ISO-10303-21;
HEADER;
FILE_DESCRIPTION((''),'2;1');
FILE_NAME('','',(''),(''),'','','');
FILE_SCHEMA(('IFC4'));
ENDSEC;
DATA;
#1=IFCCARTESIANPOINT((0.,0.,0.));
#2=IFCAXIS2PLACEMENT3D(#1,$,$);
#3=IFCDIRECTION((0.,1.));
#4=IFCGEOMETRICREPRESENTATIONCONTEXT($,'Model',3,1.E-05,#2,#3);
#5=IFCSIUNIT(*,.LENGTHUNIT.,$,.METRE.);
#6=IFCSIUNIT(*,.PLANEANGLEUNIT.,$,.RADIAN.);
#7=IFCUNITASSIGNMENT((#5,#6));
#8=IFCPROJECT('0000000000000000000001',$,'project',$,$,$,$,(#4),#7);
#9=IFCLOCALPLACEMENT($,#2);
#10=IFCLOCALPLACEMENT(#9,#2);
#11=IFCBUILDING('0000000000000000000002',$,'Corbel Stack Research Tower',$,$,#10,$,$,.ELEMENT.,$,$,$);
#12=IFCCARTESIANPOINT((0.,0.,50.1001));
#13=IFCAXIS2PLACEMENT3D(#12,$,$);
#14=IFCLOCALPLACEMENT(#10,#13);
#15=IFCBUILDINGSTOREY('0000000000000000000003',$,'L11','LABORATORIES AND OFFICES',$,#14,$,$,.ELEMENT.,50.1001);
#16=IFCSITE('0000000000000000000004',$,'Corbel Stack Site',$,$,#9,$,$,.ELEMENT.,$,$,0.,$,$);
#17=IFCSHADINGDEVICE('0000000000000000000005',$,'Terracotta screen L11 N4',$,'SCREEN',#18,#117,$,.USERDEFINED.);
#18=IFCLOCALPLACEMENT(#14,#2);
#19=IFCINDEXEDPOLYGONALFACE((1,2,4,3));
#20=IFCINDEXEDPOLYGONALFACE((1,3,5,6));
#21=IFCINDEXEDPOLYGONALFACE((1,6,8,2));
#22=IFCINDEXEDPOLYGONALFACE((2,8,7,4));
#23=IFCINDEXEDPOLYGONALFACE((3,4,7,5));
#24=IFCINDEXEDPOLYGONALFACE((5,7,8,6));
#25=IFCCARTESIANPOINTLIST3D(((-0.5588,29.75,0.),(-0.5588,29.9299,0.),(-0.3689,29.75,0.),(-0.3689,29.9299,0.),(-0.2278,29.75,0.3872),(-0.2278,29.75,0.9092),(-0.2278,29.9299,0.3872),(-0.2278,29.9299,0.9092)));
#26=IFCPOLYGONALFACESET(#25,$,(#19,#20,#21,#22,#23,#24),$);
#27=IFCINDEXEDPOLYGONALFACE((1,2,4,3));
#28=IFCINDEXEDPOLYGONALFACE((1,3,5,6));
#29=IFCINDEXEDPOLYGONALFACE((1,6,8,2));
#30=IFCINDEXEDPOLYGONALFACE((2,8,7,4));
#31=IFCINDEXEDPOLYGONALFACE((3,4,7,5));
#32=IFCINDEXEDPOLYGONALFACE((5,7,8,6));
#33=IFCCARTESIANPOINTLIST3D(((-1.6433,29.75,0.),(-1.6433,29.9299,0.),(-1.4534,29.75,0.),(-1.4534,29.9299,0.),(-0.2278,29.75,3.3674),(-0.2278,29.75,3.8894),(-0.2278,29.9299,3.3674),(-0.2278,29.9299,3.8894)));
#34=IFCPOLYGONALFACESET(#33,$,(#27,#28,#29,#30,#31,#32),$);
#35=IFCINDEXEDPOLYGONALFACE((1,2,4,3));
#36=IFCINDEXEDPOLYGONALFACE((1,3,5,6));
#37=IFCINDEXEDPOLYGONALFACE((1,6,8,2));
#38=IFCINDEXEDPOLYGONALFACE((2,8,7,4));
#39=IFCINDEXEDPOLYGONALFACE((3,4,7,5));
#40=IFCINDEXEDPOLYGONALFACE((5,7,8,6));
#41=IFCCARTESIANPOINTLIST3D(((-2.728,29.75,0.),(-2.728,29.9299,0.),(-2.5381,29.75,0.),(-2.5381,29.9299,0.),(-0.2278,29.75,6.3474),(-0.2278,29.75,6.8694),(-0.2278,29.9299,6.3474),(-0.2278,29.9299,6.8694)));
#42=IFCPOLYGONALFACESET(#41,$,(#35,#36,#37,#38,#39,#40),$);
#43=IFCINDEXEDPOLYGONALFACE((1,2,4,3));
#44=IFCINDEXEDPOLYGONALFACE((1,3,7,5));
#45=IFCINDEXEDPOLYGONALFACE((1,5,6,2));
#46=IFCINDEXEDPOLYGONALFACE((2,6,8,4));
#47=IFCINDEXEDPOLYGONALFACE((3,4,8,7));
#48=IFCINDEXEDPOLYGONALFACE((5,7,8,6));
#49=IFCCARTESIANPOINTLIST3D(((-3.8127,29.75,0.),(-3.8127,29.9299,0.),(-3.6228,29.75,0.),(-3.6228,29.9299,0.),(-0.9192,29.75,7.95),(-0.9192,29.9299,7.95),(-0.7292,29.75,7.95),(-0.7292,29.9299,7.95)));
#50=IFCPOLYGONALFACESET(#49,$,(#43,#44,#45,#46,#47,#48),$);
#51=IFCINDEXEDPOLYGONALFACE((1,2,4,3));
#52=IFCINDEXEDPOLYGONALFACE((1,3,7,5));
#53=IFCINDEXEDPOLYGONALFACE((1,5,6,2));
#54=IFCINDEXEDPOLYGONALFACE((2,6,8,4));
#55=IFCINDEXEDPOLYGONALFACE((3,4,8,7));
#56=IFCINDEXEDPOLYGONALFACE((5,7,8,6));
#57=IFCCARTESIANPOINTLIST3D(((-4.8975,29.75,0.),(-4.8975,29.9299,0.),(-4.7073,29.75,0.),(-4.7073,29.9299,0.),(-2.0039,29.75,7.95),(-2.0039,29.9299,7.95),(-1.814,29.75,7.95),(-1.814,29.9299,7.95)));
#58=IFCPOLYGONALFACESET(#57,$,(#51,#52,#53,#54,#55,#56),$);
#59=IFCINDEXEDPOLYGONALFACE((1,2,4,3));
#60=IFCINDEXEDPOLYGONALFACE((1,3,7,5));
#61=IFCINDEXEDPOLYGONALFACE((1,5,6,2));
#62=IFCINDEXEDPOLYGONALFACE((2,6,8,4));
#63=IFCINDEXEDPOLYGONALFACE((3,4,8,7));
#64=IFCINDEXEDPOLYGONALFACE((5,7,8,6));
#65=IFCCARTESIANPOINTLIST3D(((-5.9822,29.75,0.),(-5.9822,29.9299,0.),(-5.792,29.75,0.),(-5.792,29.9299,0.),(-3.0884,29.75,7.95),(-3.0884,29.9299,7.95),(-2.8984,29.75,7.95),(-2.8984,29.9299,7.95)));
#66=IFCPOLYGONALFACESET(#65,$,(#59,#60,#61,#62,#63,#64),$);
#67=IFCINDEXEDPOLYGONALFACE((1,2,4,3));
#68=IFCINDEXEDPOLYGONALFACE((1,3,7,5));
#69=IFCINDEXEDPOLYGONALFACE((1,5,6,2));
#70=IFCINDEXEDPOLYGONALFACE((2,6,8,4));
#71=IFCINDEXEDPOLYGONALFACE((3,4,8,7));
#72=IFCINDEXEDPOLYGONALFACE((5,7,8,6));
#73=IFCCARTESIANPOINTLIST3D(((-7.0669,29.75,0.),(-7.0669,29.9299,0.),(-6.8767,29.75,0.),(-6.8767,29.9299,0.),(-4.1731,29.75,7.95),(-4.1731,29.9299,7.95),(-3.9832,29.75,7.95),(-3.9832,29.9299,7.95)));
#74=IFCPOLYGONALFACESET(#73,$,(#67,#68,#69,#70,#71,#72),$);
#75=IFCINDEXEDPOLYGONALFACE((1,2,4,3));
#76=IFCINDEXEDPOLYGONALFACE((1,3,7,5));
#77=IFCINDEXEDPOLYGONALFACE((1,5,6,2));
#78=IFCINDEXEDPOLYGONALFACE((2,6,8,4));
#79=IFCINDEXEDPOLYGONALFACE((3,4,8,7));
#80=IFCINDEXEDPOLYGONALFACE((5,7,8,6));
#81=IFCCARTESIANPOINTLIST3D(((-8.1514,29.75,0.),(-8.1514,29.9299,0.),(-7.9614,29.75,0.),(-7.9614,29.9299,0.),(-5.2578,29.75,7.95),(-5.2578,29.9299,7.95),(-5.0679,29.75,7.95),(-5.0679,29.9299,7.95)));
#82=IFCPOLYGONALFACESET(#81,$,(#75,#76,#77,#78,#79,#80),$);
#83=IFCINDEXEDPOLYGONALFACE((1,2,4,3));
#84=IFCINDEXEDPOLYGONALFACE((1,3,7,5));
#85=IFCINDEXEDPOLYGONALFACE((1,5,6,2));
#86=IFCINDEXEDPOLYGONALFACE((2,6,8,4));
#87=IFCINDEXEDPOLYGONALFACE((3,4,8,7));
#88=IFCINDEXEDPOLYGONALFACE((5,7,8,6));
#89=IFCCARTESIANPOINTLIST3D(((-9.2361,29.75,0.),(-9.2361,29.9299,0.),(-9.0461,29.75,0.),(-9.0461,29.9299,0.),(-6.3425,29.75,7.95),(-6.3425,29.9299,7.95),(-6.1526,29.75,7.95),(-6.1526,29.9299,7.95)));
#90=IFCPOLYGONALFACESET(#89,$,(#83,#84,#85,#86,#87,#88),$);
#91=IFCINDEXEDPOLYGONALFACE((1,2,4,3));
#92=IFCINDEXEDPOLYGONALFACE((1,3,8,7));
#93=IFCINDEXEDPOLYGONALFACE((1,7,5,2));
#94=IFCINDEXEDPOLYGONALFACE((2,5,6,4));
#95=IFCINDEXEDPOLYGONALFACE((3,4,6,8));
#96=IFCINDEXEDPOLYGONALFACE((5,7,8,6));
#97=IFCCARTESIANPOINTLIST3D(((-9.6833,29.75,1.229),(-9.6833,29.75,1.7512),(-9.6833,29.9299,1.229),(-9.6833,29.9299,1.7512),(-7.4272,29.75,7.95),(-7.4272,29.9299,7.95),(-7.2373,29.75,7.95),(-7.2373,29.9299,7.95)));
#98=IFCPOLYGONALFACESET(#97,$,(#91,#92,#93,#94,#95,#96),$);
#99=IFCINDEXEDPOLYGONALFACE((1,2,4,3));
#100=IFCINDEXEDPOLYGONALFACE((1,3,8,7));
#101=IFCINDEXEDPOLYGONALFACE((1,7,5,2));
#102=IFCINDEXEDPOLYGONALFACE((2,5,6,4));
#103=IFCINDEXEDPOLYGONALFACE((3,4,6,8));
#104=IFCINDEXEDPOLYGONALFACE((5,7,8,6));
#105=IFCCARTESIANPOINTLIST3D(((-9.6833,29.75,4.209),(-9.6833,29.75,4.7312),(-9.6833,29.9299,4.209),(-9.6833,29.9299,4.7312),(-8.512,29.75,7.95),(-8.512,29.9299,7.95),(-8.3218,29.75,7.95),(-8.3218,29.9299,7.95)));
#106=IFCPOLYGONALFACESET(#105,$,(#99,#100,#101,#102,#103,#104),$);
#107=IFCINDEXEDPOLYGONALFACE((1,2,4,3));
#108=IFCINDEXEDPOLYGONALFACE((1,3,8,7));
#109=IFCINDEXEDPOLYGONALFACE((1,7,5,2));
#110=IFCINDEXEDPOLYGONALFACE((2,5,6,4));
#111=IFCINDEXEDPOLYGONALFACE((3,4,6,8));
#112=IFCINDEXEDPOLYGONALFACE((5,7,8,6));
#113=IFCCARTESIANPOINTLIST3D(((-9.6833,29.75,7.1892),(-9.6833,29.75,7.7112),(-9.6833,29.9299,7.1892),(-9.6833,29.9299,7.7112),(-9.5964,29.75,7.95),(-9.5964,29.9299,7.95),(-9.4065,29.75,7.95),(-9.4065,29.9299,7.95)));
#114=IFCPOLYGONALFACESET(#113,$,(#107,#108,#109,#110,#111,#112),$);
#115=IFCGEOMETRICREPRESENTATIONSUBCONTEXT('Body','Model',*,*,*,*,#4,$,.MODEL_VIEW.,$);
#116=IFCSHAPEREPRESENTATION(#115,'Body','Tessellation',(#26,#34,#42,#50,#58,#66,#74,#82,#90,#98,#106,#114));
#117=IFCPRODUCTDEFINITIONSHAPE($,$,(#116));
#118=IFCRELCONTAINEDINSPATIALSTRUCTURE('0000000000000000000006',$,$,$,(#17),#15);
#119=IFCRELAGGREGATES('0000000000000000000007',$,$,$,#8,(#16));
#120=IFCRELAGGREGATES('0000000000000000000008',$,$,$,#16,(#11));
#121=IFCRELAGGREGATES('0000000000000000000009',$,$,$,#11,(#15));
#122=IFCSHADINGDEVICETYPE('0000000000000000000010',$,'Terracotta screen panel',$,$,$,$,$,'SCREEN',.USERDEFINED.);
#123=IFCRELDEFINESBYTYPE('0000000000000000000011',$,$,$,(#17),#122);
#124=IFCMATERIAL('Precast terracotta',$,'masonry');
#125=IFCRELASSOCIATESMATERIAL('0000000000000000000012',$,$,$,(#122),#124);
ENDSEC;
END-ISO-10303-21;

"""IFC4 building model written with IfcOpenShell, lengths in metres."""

from ifc_helpers import new_model, si_unit, direction, frame, origin, place, context, subcontext, project, spatial, polyline, outline, extrude, source, transform, mapped, material, type_object, element, save


model = new_model("IFC4")

# Units and contexts
model_context = context("Model", 3, precision=1e-05, world=origin(), true_north=direction((0.0, 1.0)))
body_context = subcontext(model_context, "Body", "Model", "MODEL_VIEW")
ifc_project = project(units=[si_unit("LENGTHUNIT", "METRE"), si_unit("PLANEANGLEUNIT", "RADIAN")], contexts=[model_context])

# Site, building, storey
site_placement = place(None, origin())
site = spatial("IfcSite", under=ifc_project, at=site_placement, Name="Corbel Stack Site", CompositionType="ELEMENT", RefElevation=0.0)
building_placement = place(site_placement, origin())
building = spatial("IfcBuilding", under=site, at=building_placement, Name="Corbel Stack Research Tower", CompositionType="ELEMENT")
storey_placement = place(building_placement, frame((0.0, 0.0, 50.1001)))
storey = spatial("IfcBuildingStorey", under=building, at=storey_placement, Name="L11", Description="LABORATORIES AND OFFICES", CompositionType="ELEMENT", Elevation=50.1001)

# Shading device
ifc_material_1 = material(Name="Precast terracotta", Category="masonry")
shading_device_type = type_object("IfcShadingDeviceType", Name="Terracotta screen panel", ElementType="SCREEN", PredefinedType="USERDEFINED", material=ifc_material_1)
shared_shape_1 = source(origin(), body_context, "Body", "SweptSolid", [
    extrude(outline(polyline([(0.3311, 0.0), (0.0, 0.9092), (0.0, 0.3872), (0.1411, 0.0), (0.3311, 0.0)])), frame((0.0, 0.0, 0.0), z_axis=(0.0, -1.0, 0.0), x_axis=(1.0, 0.0, 0.0)), (0.0, 0.0, 1.0), 0.1799),
    extrude(outline(polyline([(1.4155, 0.0), (0.0, 3.8894), (0.0, 3.3674), (1.2256, 0.0), (1.4155, 0.0)])), frame((0.0, 0.0, 0.0), z_axis=(0.0, -1.0, 0.0), x_axis=(1.0, 0.0, 0.0)), (0.0, 0.0, 1.0), 0.1799),
    extrude(outline(polyline([(2.5002, 0.0), (0.0, 6.8694), (0.0, 6.3474), (2.3103, 0.0), (2.5002, 0.0)])), frame((0.0, 0.0, 0.0), z_axis=(0.0, -1.0, 0.0), x_axis=(1.0, 0.0, 0.0)), (0.0, 0.0, 1.0), 0.1799),
    extrude(outline(polyline([(3.585, 0.0), (0.6914, 7.95), (0.5015, 7.95), (3.395, 0.0), (3.585, 0.0)])), frame((0.0, 0.0, 0.0), z_axis=(0.0, -1.0, 0.0), x_axis=(1.0, 0.0, 0.0)), (0.0, 0.0, 1.0), 0.1799),
    extrude(outline(polyline([(4.6697, 0.0), (1.7761, 7.95), (1.5862, 7.95), (4.4795, 0.0), (4.6697, 0.0)])), frame((0.0, 0.0, 0.0), z_axis=(0.0, -1.0, 0.0), x_axis=(1.0, 0.0, 0.0)), (0.0, 0.0, 1.0), 0.1799),
    extrude(outline(polyline([(5.7544, 0.0), (2.8606, 7.95), (2.6707, 7.95), (5.5642, 0.0), (5.7544, 0.0)])), frame((0.0, 0.0, 0.0), z_axis=(0.0, -1.0, 0.0), x_axis=(1.0, 0.0, 0.0)), (0.0, 0.0, 1.0), 0.1799),
    extrude(outline(polyline([(6.8391, 0.0), (3.9453, 7.95), (3.7554, 7.95), (6.6489, 0.0), (6.8391, 0.0)])), frame((0.0, 0.0, 0.0), z_axis=(0.0, -1.0, 0.0), x_axis=(1.0, 0.0, 0.0)), (0.0, 0.0, 1.0), 0.1799),
    extrude(outline(polyline([(7.9236, 0.0), (5.03, 7.95), (4.8401, 7.95), (7.7336, 0.0), (7.9236, 0.0)])), frame((0.0, 0.0, 0.0), z_axis=(0.0, -1.0, 0.0), x_axis=(1.0, 0.0, 0.0)), (0.0, 0.0, 1.0), 0.1799),
    extrude(outline(polyline([(9.0083, 0.0), (6.1147, 7.95), (5.9248, 7.95), (8.8184, 0.0), (9.0083, 0.0)])), frame((0.0, 0.0, 0.0), z_axis=(0.0, -1.0, 0.0), x_axis=(1.0, 0.0, 0.0)), (0.0, 0.0, 1.0), 0.1799),
    extrude(outline(polyline([(7.1995, 7.95), (7.0095, 7.95), (9.4556, 1.229), (9.4556, 1.7512), (7.1995, 7.95)])), frame((0.0, 0.0, 0.0), z_axis=(0.0, -1.0, 0.0), x_axis=(1.0, 0.0, 0.0)), (0.0, 0.0, 1.0), 0.1799),
    extrude(outline(polyline([(8.2842, 7.95), (8.094, 7.95), (9.4556, 4.209), (9.4556, 4.7312), (8.2842, 7.95)])), frame((0.0, 0.0, 0.0), z_axis=(0.0, -1.0, 0.0), x_axis=(1.0, 0.0, 0.0)), (0.0, 0.0, 1.0), 0.1799),
    extrude(outline(polyline([(9.3687, 7.95), (9.1787, 7.95), (9.4556, 7.1892), (9.4556, 7.7112), (9.3687, 7.95)])), frame((0.0, 0.0, 0.0), z_axis=(0.0, -1.0, 0.0), x_axis=(1.0, 0.0, 0.0)), (0.0, 0.0, 1.0), 0.1799),
])
shading_device_1_placement = place(storey_placement, frame((-0.2278, 29.75, 0.0), z_axis=(0.0, 0.0, 1.0), x_axis=(-1.0, 0.0, 0.0)))
element("IfcShadingDevice", 1, at=shading_device_1_placement, inside=storey, type_object=shading_device_type, Name="Terracotta screen L11 N4", ObjectType="SCREEN", PredefinedType="USERDEFINED", context=body_context, shape_type="MappedRepresentation", body=[
    mapped(shared_shape_1, transform((0.0, 0.0, 0.0))),
])

save(model, "model.ifc")
